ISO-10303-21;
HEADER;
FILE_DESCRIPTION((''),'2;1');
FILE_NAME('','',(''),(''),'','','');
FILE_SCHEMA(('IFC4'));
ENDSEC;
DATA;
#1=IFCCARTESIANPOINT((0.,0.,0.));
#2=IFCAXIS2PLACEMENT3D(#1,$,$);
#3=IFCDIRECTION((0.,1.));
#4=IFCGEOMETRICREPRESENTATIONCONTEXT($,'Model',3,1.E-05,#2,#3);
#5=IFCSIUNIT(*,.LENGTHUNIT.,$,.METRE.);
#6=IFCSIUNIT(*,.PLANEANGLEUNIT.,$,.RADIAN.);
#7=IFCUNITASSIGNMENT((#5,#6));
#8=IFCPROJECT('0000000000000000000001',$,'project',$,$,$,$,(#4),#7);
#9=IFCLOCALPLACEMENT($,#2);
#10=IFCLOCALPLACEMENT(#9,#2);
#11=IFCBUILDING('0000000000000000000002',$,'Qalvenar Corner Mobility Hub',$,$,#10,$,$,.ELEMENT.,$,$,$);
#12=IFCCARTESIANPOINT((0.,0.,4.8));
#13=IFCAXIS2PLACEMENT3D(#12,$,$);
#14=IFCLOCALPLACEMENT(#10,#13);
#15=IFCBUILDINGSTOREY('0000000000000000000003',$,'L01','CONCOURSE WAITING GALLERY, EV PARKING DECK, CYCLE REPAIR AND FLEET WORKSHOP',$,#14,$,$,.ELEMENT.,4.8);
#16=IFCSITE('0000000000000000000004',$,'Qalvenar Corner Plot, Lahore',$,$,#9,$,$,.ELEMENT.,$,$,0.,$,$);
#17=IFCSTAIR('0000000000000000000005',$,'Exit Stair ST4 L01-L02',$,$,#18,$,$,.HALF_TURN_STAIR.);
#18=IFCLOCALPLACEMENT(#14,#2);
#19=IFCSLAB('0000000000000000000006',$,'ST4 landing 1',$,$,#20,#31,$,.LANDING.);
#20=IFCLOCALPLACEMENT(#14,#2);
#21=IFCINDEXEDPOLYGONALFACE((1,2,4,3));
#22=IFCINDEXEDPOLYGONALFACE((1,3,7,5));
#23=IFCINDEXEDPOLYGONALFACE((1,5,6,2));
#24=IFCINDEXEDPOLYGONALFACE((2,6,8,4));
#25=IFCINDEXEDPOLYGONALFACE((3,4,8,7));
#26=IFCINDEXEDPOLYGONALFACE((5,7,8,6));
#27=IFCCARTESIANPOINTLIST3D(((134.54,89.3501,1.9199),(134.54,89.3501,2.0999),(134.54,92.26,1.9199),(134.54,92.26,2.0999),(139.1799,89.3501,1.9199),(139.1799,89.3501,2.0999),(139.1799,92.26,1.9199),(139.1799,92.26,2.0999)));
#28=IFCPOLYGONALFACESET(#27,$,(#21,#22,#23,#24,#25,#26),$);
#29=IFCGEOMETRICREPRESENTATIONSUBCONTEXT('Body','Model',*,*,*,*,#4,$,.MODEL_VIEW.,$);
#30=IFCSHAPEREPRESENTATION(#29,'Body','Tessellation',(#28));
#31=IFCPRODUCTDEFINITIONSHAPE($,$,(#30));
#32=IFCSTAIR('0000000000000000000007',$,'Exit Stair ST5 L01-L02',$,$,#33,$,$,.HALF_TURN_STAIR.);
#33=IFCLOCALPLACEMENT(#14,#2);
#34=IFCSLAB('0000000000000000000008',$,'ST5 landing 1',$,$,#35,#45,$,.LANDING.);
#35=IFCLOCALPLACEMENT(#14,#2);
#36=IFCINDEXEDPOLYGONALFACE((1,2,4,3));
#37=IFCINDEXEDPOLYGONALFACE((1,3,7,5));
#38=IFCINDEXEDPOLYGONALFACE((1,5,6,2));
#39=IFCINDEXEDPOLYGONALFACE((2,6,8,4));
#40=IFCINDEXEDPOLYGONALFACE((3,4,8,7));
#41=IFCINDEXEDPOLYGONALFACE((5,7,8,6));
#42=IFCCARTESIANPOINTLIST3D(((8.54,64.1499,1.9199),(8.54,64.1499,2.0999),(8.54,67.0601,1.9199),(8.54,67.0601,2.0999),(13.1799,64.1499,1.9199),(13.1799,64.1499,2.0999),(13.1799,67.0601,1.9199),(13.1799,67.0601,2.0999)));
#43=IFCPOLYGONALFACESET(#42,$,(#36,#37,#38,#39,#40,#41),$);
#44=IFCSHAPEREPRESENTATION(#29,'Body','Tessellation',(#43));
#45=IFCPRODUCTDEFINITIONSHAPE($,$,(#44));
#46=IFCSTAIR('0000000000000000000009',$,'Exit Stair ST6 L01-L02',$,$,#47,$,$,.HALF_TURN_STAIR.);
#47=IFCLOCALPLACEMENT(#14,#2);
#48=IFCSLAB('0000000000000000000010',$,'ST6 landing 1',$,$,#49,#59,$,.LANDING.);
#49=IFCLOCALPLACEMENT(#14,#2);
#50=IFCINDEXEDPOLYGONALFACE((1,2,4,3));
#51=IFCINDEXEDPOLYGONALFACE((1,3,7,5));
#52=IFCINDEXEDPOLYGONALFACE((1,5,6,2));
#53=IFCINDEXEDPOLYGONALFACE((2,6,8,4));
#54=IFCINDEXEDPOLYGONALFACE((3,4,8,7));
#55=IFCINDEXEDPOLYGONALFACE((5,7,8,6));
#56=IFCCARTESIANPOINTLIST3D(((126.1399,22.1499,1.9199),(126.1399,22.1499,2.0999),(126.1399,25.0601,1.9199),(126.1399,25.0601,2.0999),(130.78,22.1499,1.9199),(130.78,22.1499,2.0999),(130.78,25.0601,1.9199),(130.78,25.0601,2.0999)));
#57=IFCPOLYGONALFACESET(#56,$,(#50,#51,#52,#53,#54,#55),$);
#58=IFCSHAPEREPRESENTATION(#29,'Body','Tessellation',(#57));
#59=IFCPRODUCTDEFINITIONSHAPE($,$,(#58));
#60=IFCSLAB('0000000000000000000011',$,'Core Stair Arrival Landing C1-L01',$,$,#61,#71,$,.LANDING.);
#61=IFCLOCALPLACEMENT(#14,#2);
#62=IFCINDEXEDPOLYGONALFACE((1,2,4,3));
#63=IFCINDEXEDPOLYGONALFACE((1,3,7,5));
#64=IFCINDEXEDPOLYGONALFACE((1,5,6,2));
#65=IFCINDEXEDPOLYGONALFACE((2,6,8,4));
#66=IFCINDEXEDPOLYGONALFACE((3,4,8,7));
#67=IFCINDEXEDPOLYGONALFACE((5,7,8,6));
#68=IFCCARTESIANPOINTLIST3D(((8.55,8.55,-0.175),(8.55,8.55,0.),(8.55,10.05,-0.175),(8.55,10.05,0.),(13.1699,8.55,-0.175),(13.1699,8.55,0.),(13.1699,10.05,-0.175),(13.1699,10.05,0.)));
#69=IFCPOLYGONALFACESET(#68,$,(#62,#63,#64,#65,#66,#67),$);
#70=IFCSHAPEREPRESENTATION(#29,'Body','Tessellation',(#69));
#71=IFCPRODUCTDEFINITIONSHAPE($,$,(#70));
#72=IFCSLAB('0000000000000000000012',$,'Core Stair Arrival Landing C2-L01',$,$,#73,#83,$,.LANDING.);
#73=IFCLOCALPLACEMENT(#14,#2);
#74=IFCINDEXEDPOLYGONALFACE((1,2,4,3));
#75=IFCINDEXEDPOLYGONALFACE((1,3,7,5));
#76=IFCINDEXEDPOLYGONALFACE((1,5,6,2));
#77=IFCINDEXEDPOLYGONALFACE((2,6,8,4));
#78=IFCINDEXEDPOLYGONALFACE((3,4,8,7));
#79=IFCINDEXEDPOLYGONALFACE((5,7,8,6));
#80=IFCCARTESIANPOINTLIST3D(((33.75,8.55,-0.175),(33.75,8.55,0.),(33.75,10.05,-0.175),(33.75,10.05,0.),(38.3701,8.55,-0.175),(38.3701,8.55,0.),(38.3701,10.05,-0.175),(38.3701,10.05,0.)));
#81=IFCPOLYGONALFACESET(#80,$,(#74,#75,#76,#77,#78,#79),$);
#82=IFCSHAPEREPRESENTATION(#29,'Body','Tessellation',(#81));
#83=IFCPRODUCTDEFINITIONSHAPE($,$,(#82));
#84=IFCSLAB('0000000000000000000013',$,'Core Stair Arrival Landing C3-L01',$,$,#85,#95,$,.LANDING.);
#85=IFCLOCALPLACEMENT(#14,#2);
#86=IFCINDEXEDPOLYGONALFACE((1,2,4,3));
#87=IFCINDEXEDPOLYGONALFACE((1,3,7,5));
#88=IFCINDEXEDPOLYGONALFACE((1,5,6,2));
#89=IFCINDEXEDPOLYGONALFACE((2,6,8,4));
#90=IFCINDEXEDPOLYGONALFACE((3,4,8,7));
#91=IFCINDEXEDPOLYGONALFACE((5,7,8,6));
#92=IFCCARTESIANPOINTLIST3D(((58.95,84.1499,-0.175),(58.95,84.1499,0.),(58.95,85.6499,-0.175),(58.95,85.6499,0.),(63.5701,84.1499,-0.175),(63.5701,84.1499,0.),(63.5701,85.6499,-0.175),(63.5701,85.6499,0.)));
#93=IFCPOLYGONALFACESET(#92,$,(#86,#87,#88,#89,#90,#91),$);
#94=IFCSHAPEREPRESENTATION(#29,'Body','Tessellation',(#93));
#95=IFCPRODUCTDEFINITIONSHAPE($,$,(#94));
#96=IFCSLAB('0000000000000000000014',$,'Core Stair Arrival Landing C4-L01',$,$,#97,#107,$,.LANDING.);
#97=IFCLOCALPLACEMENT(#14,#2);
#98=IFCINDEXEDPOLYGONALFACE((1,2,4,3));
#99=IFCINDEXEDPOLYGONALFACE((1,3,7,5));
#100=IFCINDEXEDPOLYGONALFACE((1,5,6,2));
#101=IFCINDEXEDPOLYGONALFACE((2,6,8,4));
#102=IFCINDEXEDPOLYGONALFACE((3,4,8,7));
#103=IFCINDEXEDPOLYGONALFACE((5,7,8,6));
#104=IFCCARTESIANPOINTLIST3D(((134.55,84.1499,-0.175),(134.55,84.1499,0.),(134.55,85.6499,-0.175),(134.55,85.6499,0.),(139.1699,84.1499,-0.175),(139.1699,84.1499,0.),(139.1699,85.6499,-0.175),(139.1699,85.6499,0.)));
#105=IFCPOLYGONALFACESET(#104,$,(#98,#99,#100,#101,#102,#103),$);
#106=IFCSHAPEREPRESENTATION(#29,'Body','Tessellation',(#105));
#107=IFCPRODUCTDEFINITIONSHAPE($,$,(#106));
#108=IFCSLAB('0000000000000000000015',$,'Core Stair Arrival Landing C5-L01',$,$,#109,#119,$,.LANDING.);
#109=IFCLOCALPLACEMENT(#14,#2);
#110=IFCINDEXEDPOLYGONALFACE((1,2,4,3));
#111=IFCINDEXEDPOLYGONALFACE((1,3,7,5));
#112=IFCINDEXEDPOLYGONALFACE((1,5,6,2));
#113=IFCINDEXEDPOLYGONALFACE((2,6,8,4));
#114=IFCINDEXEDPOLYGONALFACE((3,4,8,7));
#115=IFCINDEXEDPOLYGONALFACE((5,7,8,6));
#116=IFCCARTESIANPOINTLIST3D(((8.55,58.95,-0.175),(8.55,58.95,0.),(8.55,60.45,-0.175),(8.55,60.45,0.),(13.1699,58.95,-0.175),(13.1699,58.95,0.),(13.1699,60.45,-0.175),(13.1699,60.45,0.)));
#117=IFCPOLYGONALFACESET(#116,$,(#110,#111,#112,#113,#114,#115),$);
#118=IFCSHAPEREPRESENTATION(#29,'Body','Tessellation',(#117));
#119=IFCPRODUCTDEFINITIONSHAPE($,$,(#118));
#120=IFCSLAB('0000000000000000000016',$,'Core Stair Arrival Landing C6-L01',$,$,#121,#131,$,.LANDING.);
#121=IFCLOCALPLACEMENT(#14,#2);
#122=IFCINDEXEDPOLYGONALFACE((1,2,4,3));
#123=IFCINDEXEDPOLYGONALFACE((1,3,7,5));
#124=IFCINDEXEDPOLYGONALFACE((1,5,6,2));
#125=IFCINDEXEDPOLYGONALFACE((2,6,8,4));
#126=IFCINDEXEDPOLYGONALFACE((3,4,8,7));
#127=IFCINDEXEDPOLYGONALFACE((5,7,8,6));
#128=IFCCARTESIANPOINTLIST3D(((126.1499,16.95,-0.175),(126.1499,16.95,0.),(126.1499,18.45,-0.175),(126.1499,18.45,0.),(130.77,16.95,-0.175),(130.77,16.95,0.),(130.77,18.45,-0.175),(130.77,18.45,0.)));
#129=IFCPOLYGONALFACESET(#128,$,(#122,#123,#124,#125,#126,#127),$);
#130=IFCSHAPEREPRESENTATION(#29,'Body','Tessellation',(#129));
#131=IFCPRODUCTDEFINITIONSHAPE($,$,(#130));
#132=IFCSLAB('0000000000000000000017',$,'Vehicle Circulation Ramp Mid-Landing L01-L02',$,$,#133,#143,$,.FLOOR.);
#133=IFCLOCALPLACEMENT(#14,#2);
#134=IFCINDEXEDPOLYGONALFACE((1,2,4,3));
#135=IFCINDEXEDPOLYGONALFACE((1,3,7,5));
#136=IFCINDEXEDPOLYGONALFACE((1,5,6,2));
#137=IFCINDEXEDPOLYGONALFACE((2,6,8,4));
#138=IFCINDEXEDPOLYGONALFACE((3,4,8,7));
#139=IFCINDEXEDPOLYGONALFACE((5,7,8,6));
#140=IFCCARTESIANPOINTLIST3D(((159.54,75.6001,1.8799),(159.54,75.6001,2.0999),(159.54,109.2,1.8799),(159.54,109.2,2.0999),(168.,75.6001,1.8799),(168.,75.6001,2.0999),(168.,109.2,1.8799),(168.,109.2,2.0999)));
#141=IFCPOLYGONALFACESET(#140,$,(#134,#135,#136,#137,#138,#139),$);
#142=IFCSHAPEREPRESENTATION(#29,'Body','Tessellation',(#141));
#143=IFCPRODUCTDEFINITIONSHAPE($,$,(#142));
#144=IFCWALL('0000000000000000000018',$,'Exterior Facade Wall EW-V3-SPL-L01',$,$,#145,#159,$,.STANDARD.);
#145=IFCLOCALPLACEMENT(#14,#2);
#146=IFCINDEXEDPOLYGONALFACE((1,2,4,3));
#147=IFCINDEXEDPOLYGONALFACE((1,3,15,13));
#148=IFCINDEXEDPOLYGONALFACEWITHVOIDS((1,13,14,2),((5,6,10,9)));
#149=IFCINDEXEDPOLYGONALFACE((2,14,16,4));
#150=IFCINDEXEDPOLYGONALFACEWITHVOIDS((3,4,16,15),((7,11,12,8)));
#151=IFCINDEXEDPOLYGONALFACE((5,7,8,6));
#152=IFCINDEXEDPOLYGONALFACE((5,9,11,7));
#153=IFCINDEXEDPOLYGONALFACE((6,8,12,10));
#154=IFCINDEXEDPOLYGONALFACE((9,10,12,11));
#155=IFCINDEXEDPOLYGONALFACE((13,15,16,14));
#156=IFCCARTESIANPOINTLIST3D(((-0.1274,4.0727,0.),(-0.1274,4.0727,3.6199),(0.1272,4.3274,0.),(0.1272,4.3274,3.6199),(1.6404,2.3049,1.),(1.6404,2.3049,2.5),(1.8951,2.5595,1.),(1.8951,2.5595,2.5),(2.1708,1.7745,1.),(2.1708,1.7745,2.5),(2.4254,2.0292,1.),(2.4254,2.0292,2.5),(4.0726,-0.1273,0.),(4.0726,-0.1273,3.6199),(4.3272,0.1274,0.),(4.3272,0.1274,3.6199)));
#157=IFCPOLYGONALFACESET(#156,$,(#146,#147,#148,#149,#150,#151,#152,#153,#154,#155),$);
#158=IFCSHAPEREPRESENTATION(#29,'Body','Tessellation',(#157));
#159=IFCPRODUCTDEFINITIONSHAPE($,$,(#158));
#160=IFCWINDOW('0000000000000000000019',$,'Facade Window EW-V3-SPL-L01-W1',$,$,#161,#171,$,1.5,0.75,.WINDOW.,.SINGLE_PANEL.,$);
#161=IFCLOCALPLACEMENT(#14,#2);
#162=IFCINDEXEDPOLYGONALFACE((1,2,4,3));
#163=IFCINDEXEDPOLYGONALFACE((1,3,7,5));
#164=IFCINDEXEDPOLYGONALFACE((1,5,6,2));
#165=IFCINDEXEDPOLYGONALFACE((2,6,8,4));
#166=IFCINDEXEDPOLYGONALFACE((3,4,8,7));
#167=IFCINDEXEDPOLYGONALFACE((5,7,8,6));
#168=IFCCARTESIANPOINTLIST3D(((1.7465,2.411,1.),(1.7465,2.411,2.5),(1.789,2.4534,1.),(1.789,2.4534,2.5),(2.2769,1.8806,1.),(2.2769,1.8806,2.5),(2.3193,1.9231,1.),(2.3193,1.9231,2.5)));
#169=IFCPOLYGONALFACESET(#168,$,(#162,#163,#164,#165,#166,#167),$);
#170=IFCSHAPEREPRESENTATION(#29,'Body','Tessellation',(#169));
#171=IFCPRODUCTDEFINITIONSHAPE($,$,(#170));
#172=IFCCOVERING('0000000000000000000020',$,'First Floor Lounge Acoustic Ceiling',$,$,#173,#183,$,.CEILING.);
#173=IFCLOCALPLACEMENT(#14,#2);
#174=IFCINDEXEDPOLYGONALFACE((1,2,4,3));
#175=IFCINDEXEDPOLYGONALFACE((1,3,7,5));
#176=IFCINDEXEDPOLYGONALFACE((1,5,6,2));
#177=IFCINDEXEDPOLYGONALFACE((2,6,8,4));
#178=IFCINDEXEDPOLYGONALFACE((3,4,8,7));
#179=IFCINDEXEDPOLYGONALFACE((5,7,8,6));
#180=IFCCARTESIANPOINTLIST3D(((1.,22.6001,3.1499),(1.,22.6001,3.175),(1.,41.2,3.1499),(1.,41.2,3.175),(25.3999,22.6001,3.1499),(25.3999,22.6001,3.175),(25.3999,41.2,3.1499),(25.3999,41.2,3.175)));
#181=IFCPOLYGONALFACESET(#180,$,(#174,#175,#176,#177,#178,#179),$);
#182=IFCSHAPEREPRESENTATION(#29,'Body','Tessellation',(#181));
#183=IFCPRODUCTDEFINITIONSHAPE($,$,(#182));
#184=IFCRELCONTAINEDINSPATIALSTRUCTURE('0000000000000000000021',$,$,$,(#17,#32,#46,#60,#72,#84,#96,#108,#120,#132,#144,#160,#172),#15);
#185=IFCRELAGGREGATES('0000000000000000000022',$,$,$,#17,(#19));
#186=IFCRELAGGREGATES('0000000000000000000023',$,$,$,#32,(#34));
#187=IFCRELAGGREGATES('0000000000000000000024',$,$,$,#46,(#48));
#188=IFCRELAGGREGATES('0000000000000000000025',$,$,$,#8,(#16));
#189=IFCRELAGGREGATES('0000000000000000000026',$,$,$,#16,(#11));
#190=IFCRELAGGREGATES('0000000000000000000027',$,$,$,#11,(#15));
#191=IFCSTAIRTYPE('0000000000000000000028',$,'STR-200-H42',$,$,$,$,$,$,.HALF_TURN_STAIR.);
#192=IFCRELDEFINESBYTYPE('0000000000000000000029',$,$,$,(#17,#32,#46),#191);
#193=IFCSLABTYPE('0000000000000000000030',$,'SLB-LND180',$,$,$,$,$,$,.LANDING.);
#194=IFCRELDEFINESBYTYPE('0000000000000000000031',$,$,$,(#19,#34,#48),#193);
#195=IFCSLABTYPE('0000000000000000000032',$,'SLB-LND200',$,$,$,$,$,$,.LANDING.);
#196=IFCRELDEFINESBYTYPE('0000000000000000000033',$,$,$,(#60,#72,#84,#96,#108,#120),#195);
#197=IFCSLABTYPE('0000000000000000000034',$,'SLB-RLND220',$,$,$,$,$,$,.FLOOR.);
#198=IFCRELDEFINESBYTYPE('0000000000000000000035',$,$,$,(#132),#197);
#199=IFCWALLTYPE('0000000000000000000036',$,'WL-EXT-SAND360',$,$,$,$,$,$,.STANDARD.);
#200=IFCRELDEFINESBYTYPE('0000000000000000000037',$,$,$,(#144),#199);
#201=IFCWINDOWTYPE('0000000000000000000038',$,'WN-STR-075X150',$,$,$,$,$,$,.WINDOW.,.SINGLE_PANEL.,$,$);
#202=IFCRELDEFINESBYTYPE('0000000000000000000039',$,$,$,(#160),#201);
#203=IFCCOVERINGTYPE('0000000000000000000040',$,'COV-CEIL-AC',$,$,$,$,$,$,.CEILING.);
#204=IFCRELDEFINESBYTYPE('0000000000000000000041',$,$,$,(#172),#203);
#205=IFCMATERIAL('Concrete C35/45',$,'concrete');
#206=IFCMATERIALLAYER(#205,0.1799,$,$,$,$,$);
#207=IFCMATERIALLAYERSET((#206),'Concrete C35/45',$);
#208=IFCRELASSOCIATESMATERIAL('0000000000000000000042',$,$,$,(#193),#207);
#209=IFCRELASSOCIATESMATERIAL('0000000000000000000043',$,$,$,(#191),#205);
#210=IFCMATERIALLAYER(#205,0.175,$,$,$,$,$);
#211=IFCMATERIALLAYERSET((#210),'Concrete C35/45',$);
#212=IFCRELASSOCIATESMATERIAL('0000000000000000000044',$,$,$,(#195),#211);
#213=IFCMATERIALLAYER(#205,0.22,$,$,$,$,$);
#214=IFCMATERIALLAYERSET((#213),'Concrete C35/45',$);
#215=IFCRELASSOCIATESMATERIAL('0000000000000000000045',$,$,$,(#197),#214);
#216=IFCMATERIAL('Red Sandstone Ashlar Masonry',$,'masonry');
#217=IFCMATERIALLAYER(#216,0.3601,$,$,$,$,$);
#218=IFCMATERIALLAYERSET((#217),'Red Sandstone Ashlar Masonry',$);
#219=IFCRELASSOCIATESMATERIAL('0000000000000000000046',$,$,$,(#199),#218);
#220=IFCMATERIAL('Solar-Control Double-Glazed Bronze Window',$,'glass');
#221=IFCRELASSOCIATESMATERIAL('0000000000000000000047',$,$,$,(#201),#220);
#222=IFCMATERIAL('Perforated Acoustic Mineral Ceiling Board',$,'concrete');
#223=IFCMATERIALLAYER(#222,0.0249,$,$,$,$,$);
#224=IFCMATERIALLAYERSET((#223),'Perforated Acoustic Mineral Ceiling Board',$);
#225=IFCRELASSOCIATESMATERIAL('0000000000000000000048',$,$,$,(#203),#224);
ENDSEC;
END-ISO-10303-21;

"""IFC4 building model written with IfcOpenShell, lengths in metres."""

from ifc_helpers import new_model, si_unit, direction, frame, frame_2d, origin, place, context, subcontext, project, spatial, polyline, rectangle, outline, extrude, material, layer, layer_set, type_object, element, fill, aggregate, save


model = new_model("IFC4")

# Units and contexts
model_context = context("Model", 3, precision=1e-05, world=origin(), true_north=direction((0.0, 1.0)))
body_context = subcontext(model_context, "Body", "Model", "MODEL_VIEW")
ifc_project = project(units=[si_unit("LENGTHUNIT", "METRE"), si_unit("PLANEANGLEUNIT", "RADIAN")], contexts=[model_context])

# Site, building, storey
site_placement = place(None, origin())
site = spatial("IfcSite", under=ifc_project, at=site_placement, Name="Qalvenar Corner Plot, Lahore", CompositionType="ELEMENT", RefElevation=0.0)
building_placement = place(site_placement, origin())
building = spatial("IfcBuilding", under=site, at=building_placement, Name="Qalvenar Corner Mobility Hub", CompositionType="ELEMENT")
storey_placement = place(building_placement, frame((0.0, 0.0, 4.8)))
storey = spatial("IfcBuildingStorey", under=building, at=storey_placement, Name="L01", Description="CONCOURSE WAITING GALLERY, EV PARKING DECK, CYCLE REPAIR AND FLEET WORKSHOP", CompositionType="ELEMENT", Elevation=4.8)

# Shared definitions
ifc_material_1 = material(Name="Concrete C35/45", Category="concrete")

# Stairs, slabs
ifc_layer_1 = layer(ifc_material_1, 0.1799)
ifc_layer_set_1 = layer_set([ifc_layer_1], Name="Concrete C35/45")
slab_type_1 = type_object("IfcSlabType", Name="SLB-LND180", PredefinedType="LANDING", material=ifc_layer_set_1)
stair_type_1 = type_object("IfcStairType", Name="STR-200-H42", PredefinedType="HALF_TURN_STAIR", material=ifc_material_1)
stair_1_placement = place(storey_placement, origin())
stair_1 = element("IfcStair", 1, at=stair_1_placement, inside=storey, type_object=stair_type_1, Name="Exit Stair ST4 L01-L02", PredefinedType="HALF_TURN_STAIR")
slab_1_placement = place(storey_placement, frame((0.0, 0.0, 1.9199)))
slab_1 = element("IfcSlab", 2, at=slab_1_placement, type_object=slab_type_1, Name="ST4 landing 1", PredefinedType="LANDING", context=body_context, shape_type="SweptSolid", body=[
    extrude(outline(polyline([(134.54, 89.3501), (139.1799, 89.3501), (139.1799, 92.26), (134.54, 92.26), (134.54, 89.3501)])), origin(), (0.0, 0.0, 1.0), 0.1799),
])
aggregate(stair_1, [slab_1])
stair_2_placement = place(storey_placement, origin())
stair_2 = element("IfcStair", 3, at=stair_2_placement, inside=storey, type_object=stair_type_1, Name="Exit Stair ST5 L01-L02", PredefinedType="HALF_TURN_STAIR")
slab_2_placement = place(storey_placement, frame((0.0, 0.0, 1.9199)))
slab_2 = element("IfcSlab", 4, at=slab_2_placement, type_object=slab_type_1, Name="ST5 landing 1", PredefinedType="LANDING", context=body_context, shape_type="SweptSolid", body=[
    extrude(outline(polyline([(8.54, 64.1499), (13.1799, 64.1499), (13.1799, 67.0601), (8.54, 67.0601), (8.54, 64.1499)])), origin(), (0.0, 0.0, 1.0), 0.1799),
])
aggregate(stair_2, [slab_2])
stair_3_placement = place(storey_placement, origin())
stair_3 = element("IfcStair", 5, at=stair_3_placement, inside=storey, type_object=stair_type_1, Name="Exit Stair ST6 L01-L02", PredefinedType="HALF_TURN_STAIR")
slab_3_placement = place(storey_placement, frame((0.0, 0.0, 1.9199)))
slab_3 = element("IfcSlab", 6, at=slab_3_placement, type_object=slab_type_1, Name="ST6 landing 1", PredefinedType="LANDING", context=body_context, shape_type="SweptSolid", body=[
    extrude(outline(polyline([(126.1399, 22.1499), (130.78, 22.1499), (130.78, 25.0601), (126.1399, 25.0601), (126.1399, 22.1499)])), origin(), (0.0, 0.0, 1.0), 0.1799),
])
aggregate(stair_3, [slab_3])

# Slabs
ifc_layer_2 = layer(ifc_material_1, 0.175)
ifc_layer_set_2 = layer_set([ifc_layer_2], Name="Concrete C35/45")
slab_type_2 = type_object("IfcSlabType", Name="SLB-LND200", PredefinedType="LANDING", material=ifc_layer_set_2)
slab_4_placement = place(storey_placement, frame((0.0, 0.0, -0.175)))
element("IfcSlab", 7, at=slab_4_placement, inside=storey, type_object=slab_type_2, Name="Core Stair Arrival Landing C1-L01", PredefinedType="LANDING", context=body_context, shape_type="SweptSolid", body=[
    extrude(outline(polyline([(8.55, 8.55), (13.1699, 8.55), (13.1699, 10.05), (8.55, 10.05), (8.55, 8.55)])), origin(), (0.0, 0.0, 1.0), 0.175),
])
slab_5_placement = place(storey_placement, frame((0.0, 0.0, -0.175)))
element("IfcSlab", 8, at=slab_5_placement, inside=storey, type_object=slab_type_2, Name="Core Stair Arrival Landing C2-L01", PredefinedType="LANDING", context=body_context, shape_type="SweptSolid", body=[
    extrude(outline(polyline([(33.75, 8.55), (38.3701, 8.55), (38.3701, 10.05), (33.75, 10.05), (33.75, 8.55)])), origin(), (0.0, 0.0, 1.0), 0.175),
])
slab_6_placement = place(storey_placement, frame((0.0, 0.0, -0.175)))
element("IfcSlab", 9, at=slab_6_placement, inside=storey, type_object=slab_type_2, Name="Core Stair Arrival Landing C3-L01", PredefinedType="LANDING", context=body_context, shape_type="SweptSolid", body=[
    extrude(outline(polyline([(58.95, 84.1499), (63.5701, 84.1499), (63.5701, 85.6499), (58.95, 85.6499), (58.95, 84.1499)])), origin(), (0.0, 0.0, 1.0), 0.175),
])
slab_7_placement = place(storey_placement, frame((0.0, 0.0, -0.175)))
element("IfcSlab", 10, at=slab_7_placement, inside=storey, type_object=slab_type_2, Name="Core Stair Arrival Landing C4-L01", PredefinedType="LANDING", context=body_context, shape_type="SweptSolid", body=[
    extrude(outline(polyline([(134.55, 84.1499), (139.1699, 84.1499), (139.1699, 85.6499), (134.55, 85.6499), (134.55, 84.1499)])), origin(), (0.0, 0.0, 1.0), 0.175),
])
slab_8_placement = place(storey_placement, frame((0.0, 0.0, -0.175)))
element("IfcSlab", 11, at=slab_8_placement, inside=storey, type_object=slab_type_2, Name="Core Stair Arrival Landing C5-L01", PredefinedType="LANDING", context=body_context, shape_type="SweptSolid", body=[
    extrude(outline(polyline([(8.55, 58.95), (13.1699, 58.95), (13.1699, 60.45), (8.55, 60.45), (8.55, 58.95)])), origin(), (0.0, 0.0, 1.0), 0.175),
])
slab_9_placement = place(storey_placement, frame((0.0, 0.0, -0.175)))
element("IfcSlab", 12, at=slab_9_placement, inside=storey, type_object=slab_type_2, Name="Core Stair Arrival Landing C6-L01", PredefinedType="LANDING", context=body_context, shape_type="SweptSolid", body=[
    extrude(outline(polyline([(126.1499, 16.95), (130.77, 16.95), (130.77, 18.45), (126.1499, 18.45), (126.1499, 16.95)])), origin(), (0.0, 0.0, 1.0), 0.175),
])
ifc_layer_3 = layer(ifc_material_1, 0.22)
ifc_layer_set_3 = layer_set([ifc_layer_3], Name="Concrete C35/45")
slab_type_3 = type_object("IfcSlabType", Name="SLB-RLND220", PredefinedType="FLOOR", material=ifc_layer_set_3)
slab_10_placement = place(storey_placement, frame((0.0, 0.0, 1.8799)))
element("IfcSlab", 13, at=slab_10_placement, inside=storey, type_object=slab_type_3, Name="Vehicle Circulation Ramp Mid-Landing L01-L02", PredefinedType="FLOOR", context=body_context, shape_type="SweptSolid", body=[
    extrude(outline(polyline([(159.54, 75.6001), (168.0, 75.6001), (168.0, 109.2), (159.54, 109.2), (159.54, 75.6001)])), origin(), (0.0, 0.0, 1.0), 0.22),
])

# Wall, opening, window
ifc_material_2 = material(Name="Red Sandstone Ashlar Masonry", Category="masonry")
ifc_layer_4 = layer(ifc_material_2, 0.3601)
ifc_layer_set_4 = layer_set([ifc_layer_4], Name="Red Sandstone Ashlar Masonry")
wall_type = type_object("IfcWallType", Name="WL-EXT-SAND360", PredefinedType="STANDARD", material=ifc_layer_set_4)
wall_placement = place(storey_placement, frame((0.0, 4.2, 0.0), z_axis=(0.0, 0.0, 1.0), x_axis=(0.707107, -0.707107, 0.0)))
wall = element("IfcWall", 14, at=wall_placement, inside=storey, type_object=wall_type, Name="Exterior Facade Wall EW-V3-SPL-L01", PredefinedType="STANDARD", context=body_context, shape_type="SweptSolid", body=[
    extrude(rectangle(XDim=5.9397, YDim=0.3601, at=frame_2d((2.9697, 0.0))), origin(), (0.0, 0.0, 1.0), 3.6199),
])
opening_placement = place(wall_placement, frame((2.5, 0.0, 1.0)))
opening = element("IfcOpeningElement", 15, at=opening_placement, cuts=wall, PredefinedType="OPENING", context=body_context, shape_type="SweptSolid", body=[
    extrude(rectangle(XDim=0.75, YDim=1.5, at=frame_2d((0.375, 0.75))), frame((0.0, 0.1899, 0.0), z_axis=(0.0, -1.0, 0.0), x_axis=(1.0, 0.0, 0.0)), (0.0, 0.0, 1.0), 0.3801),
])
ifc_material_3 = material(Name="Solar-Control Double-Glazed Bronze Window", Category="glass")
window_type = type_object("IfcWindowType", Name="WN-STR-075X150", PartitioningType="SINGLE_PANEL", PredefinedType="WINDOW", material=ifc_material_3)
window_placement = place(opening_placement, origin())
window = element("IfcWindow", 16, at=window_placement, inside=storey, type_object=window_type, Name="Facade Window EW-V3-SPL-L01-W1", OverallHeight=1.5, OverallWidth=0.75, PartitioningType="SINGLE_PANEL", PredefinedType="WINDOW", context=body_context, shape_type="SweptSolid", body=[
    extrude(rectangle(XDim=0.75, YDim=1.5, at=frame_2d((0.375, 0.75))), frame((0.0, 0.03, 0.0), z_axis=(0.0, -1.0, 0.0), x_axis=(1.0, 0.0, 0.0)), (0.0, 0.0, 1.0), 0.0601),
])
fill(opening, window)

# Covering
ifc_material_4 = material(Name="Perforated Acoustic Mineral Ceiling Board", Category="concrete")
ifc_layer_5 = layer(ifc_material_4, 0.0249)
ifc_layer_set_5 = layer_set([ifc_layer_5], Name="Perforated Acoustic Mineral Ceiling Board")
covering_type = type_object("IfcCoveringType", Name="COV-CEIL-AC", PredefinedType="CEILING", material=ifc_layer_set_5)
covering_1_placement = place(storey_placement, frame((0.0, 0.0, 3.1499)))
element("IfcCovering", 17, at=covering_1_placement, inside=storey, type_object=covering_type, Name="First Floor Lounge Acoustic Ceiling", PredefinedType="CEILING", context=body_context, shape_type="SweptSolid", body=[
    extrude(outline(polyline([(1.0, 22.6001), (25.3999, 22.6001), (25.3999, 41.2), (1.0, 41.2), (1.0, 22.6001)])), origin(), (0.0, 0.0, 1.0), 0.0251),
])

save(model, "model.ifc")
